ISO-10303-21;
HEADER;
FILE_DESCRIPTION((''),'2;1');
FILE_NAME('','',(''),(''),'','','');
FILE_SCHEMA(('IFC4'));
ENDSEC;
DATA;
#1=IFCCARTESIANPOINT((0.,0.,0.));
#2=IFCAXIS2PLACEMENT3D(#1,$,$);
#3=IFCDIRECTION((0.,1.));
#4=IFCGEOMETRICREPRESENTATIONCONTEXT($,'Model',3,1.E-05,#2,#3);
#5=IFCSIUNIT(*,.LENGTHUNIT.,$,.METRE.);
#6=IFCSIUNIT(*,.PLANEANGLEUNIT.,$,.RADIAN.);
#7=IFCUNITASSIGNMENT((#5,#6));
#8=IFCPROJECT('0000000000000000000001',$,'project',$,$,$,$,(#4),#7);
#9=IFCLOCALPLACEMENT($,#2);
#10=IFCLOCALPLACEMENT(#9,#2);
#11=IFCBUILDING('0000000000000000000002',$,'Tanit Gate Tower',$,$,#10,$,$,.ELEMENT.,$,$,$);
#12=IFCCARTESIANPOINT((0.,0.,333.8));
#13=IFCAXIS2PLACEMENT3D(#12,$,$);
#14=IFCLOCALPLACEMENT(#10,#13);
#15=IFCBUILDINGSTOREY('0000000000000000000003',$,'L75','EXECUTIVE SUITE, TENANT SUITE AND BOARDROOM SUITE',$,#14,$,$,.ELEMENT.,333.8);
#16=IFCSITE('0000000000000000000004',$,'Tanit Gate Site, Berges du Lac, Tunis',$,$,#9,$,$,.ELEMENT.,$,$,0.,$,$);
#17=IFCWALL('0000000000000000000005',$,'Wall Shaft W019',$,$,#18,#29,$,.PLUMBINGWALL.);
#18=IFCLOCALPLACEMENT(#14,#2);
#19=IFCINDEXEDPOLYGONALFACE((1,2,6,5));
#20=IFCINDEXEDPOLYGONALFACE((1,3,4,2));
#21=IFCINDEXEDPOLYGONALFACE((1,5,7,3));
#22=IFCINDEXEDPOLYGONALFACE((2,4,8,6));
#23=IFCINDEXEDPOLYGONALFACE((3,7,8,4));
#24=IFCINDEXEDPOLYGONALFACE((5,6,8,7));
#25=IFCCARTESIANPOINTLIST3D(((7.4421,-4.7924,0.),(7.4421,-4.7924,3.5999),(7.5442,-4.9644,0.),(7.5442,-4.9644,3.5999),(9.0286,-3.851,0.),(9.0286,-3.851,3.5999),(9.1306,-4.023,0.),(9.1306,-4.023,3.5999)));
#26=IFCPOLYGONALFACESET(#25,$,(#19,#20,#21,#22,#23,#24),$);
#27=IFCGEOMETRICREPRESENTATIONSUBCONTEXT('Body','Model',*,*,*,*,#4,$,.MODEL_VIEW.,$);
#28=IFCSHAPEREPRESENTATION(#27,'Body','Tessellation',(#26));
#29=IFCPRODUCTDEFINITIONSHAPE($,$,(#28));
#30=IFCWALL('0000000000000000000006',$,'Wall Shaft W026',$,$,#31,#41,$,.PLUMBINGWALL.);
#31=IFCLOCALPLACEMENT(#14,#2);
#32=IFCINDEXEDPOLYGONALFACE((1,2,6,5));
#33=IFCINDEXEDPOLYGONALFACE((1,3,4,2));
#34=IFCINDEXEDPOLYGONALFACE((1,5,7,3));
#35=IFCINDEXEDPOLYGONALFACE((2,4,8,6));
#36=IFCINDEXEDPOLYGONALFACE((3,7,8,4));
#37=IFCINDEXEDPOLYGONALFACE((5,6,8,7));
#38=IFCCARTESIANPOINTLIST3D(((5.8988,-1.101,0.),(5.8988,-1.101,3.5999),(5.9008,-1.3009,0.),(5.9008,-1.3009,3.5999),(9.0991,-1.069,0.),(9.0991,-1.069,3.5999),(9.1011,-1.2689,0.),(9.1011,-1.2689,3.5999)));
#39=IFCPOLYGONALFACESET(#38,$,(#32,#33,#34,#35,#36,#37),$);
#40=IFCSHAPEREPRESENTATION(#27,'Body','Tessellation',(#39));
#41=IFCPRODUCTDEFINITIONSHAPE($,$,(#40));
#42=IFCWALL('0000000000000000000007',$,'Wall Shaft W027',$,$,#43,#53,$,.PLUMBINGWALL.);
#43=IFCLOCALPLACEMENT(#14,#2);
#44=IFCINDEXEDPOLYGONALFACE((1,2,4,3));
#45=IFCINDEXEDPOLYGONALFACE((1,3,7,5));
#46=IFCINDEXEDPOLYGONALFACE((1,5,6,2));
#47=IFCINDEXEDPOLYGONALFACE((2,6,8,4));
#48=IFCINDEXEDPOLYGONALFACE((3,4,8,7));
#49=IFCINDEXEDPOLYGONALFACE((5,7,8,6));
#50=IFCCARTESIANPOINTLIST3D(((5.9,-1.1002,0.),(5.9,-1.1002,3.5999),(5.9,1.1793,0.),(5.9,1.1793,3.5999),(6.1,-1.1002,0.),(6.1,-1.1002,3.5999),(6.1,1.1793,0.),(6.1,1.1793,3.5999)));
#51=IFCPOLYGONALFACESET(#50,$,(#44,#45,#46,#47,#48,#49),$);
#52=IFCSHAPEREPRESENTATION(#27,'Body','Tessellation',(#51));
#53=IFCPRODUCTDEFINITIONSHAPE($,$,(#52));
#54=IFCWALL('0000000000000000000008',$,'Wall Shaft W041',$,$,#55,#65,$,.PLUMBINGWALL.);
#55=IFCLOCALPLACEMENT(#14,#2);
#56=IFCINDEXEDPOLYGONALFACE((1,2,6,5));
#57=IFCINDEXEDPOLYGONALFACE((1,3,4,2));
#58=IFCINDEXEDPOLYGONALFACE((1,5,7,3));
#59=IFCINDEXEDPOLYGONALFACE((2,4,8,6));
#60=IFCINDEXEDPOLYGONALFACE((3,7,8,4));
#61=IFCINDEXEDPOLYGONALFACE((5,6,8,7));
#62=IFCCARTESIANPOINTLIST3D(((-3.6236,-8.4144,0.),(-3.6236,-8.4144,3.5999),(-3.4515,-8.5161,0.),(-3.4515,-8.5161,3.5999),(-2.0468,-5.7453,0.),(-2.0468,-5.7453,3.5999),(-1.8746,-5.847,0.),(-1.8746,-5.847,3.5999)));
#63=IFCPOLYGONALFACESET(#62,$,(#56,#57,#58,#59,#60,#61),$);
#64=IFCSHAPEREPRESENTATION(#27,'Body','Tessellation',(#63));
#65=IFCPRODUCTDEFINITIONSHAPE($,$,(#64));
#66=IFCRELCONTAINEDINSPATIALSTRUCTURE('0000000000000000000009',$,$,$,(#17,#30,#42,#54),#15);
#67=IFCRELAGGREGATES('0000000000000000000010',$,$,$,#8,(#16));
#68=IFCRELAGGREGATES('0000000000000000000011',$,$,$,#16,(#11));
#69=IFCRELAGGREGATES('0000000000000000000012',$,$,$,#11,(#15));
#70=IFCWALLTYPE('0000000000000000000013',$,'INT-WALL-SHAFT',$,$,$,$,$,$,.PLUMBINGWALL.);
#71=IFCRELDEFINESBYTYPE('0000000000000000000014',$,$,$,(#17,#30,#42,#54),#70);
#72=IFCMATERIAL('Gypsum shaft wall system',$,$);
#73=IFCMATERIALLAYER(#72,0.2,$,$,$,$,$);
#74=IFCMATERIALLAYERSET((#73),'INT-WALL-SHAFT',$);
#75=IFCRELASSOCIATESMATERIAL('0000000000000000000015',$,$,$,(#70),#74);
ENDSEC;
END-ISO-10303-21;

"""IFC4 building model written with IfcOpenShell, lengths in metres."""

from ifc_helpers import new_model, si_unit, direction, frame, frame_2d, origin, place, context, subcontext, project, spatial, rectangle, extrude, material, layer, layer_set, type_object, element, save


model = new_model("IFC4")

# Units and contexts
model_context = context("Model", 3, precision=1e-05, world=origin(), true_north=direction((0.0, 1.0)))
body_context = subcontext(model_context, "Body", "Model", "MODEL_VIEW")
ifc_project = project(units=[si_unit("LENGTHUNIT", "METRE"), si_unit("PLANEANGLEUNIT", "RADIAN")], contexts=[model_context])

# Site, building, storey
site_placement = place(None, origin())
site = spatial("IfcSite", under=ifc_project, at=site_placement, Name="Tanit Gate Site, Berges du Lac, Tunis", CompositionType="ELEMENT", RefElevation=0.0)
building_placement = place(site_placement, origin())
building = spatial("IfcBuilding", under=site, at=building_placement, Name="Tanit Gate Tower", CompositionType="ELEMENT")
storey_placement = place(building_placement, frame((0.0, 0.0, 333.8)))
storey = spatial("IfcBuildingStorey", under=building, at=storey_placement, Name="L75", Description="EXECUTIVE SUITE, TENANT SUITE AND BOARDROOM SUITE", CompositionType="ELEMENT", Elevation=333.8)

# Walls
ifc_material_1 = material(Name="Gypsum shaft wall system")
ifc_layer_1 = layer(ifc_material_1, 0.2)
ifc_layer_set_1 = layer_set([ifc_layer_1], Name="INT-WALL-SHAFT")
wall_type_1 = type_object("IfcWallType", Name="INT-WALL-SHAFT", PredefinedType="PLUMBINGWALL", material=ifc_layer_set_1)
wall_1_placement = place(storey_placement, frame((7.4932, -4.8784, 0.0), z_axis=(0.0, 0.0, 1.0), x_axis=(0.859982, 0.510325, 0.0)))
element("IfcWall", 1, at=wall_1_placement, inside=storey, type_object=wall_type_1, Name="Wall Shaft W019", PredefinedType="PLUMBINGWALL", context=body_context, shape_type="SweptSolid", body=[
    extrude(rectangle(XDim=1.8447, YDim=0.2, at=frame_2d((0.9224, 0.0))), origin(), (0.0, 0.0, 1.0), 3.5999),
])
wall_2_placement = place(storey_placement, frame((5.8999, -1.2009, 0.0), z_axis=(0.0, 0.0, 1.0), x_axis=(0.99995, 0.009993, 0.0)))
element("IfcWall", 2, at=wall_2_placement, inside=storey, type_object=wall_type_1, Name="Wall Shaft W026", PredefinedType="PLUMBINGWALL", context=body_context, shape_type="SweptSolid", body=[
    extrude(rectangle(XDim=3.2004, YDim=0.2, at=frame_2d((1.6001, 0.0))), origin(), (0.0, 0.0, 1.0), 3.5999),
])
wall_3_placement = place(storey_placement, frame((6.0, -1.1001, 0.0), z_axis=(0.0, 0.0, 1.0), x_axis=(0.0, 1.0, 0.0)))
element("IfcWall", 3, at=wall_3_placement, inside=storey, type_object=wall_type_1, Name="Wall Shaft W027", PredefinedType="PLUMBINGWALL", context=body_context, shape_type="SweptSolid", body=[
    extrude(rectangle(XDim=2.2795, YDim=0.2, at=frame_2d((1.1396, 0.0))), origin(), (0.0, 0.0, 1.0), 3.5999),
])
wall_4_placement = place(storey_placement, frame((-1.9607, -5.7961, 0.0), z_axis=(0.0, 0.0, 1.0), x_axis=(-0.508647, -0.860975, 0.0)))
element("IfcWall", 4, at=wall_4_placement, inside=storey, type_object=wall_type_1, Name="Wall Shaft W041", PredefinedType="PLUMBINGWALL", context=body_context, shape_type="SweptSolid", body=[
    extrude(rectangle(XDim=3.1001, YDim=0.2, at=frame_2d((1.55, 0.0))), origin(), (0.0, 0.0, 1.0), 3.5999),
])

save(model, "model.ifc")
